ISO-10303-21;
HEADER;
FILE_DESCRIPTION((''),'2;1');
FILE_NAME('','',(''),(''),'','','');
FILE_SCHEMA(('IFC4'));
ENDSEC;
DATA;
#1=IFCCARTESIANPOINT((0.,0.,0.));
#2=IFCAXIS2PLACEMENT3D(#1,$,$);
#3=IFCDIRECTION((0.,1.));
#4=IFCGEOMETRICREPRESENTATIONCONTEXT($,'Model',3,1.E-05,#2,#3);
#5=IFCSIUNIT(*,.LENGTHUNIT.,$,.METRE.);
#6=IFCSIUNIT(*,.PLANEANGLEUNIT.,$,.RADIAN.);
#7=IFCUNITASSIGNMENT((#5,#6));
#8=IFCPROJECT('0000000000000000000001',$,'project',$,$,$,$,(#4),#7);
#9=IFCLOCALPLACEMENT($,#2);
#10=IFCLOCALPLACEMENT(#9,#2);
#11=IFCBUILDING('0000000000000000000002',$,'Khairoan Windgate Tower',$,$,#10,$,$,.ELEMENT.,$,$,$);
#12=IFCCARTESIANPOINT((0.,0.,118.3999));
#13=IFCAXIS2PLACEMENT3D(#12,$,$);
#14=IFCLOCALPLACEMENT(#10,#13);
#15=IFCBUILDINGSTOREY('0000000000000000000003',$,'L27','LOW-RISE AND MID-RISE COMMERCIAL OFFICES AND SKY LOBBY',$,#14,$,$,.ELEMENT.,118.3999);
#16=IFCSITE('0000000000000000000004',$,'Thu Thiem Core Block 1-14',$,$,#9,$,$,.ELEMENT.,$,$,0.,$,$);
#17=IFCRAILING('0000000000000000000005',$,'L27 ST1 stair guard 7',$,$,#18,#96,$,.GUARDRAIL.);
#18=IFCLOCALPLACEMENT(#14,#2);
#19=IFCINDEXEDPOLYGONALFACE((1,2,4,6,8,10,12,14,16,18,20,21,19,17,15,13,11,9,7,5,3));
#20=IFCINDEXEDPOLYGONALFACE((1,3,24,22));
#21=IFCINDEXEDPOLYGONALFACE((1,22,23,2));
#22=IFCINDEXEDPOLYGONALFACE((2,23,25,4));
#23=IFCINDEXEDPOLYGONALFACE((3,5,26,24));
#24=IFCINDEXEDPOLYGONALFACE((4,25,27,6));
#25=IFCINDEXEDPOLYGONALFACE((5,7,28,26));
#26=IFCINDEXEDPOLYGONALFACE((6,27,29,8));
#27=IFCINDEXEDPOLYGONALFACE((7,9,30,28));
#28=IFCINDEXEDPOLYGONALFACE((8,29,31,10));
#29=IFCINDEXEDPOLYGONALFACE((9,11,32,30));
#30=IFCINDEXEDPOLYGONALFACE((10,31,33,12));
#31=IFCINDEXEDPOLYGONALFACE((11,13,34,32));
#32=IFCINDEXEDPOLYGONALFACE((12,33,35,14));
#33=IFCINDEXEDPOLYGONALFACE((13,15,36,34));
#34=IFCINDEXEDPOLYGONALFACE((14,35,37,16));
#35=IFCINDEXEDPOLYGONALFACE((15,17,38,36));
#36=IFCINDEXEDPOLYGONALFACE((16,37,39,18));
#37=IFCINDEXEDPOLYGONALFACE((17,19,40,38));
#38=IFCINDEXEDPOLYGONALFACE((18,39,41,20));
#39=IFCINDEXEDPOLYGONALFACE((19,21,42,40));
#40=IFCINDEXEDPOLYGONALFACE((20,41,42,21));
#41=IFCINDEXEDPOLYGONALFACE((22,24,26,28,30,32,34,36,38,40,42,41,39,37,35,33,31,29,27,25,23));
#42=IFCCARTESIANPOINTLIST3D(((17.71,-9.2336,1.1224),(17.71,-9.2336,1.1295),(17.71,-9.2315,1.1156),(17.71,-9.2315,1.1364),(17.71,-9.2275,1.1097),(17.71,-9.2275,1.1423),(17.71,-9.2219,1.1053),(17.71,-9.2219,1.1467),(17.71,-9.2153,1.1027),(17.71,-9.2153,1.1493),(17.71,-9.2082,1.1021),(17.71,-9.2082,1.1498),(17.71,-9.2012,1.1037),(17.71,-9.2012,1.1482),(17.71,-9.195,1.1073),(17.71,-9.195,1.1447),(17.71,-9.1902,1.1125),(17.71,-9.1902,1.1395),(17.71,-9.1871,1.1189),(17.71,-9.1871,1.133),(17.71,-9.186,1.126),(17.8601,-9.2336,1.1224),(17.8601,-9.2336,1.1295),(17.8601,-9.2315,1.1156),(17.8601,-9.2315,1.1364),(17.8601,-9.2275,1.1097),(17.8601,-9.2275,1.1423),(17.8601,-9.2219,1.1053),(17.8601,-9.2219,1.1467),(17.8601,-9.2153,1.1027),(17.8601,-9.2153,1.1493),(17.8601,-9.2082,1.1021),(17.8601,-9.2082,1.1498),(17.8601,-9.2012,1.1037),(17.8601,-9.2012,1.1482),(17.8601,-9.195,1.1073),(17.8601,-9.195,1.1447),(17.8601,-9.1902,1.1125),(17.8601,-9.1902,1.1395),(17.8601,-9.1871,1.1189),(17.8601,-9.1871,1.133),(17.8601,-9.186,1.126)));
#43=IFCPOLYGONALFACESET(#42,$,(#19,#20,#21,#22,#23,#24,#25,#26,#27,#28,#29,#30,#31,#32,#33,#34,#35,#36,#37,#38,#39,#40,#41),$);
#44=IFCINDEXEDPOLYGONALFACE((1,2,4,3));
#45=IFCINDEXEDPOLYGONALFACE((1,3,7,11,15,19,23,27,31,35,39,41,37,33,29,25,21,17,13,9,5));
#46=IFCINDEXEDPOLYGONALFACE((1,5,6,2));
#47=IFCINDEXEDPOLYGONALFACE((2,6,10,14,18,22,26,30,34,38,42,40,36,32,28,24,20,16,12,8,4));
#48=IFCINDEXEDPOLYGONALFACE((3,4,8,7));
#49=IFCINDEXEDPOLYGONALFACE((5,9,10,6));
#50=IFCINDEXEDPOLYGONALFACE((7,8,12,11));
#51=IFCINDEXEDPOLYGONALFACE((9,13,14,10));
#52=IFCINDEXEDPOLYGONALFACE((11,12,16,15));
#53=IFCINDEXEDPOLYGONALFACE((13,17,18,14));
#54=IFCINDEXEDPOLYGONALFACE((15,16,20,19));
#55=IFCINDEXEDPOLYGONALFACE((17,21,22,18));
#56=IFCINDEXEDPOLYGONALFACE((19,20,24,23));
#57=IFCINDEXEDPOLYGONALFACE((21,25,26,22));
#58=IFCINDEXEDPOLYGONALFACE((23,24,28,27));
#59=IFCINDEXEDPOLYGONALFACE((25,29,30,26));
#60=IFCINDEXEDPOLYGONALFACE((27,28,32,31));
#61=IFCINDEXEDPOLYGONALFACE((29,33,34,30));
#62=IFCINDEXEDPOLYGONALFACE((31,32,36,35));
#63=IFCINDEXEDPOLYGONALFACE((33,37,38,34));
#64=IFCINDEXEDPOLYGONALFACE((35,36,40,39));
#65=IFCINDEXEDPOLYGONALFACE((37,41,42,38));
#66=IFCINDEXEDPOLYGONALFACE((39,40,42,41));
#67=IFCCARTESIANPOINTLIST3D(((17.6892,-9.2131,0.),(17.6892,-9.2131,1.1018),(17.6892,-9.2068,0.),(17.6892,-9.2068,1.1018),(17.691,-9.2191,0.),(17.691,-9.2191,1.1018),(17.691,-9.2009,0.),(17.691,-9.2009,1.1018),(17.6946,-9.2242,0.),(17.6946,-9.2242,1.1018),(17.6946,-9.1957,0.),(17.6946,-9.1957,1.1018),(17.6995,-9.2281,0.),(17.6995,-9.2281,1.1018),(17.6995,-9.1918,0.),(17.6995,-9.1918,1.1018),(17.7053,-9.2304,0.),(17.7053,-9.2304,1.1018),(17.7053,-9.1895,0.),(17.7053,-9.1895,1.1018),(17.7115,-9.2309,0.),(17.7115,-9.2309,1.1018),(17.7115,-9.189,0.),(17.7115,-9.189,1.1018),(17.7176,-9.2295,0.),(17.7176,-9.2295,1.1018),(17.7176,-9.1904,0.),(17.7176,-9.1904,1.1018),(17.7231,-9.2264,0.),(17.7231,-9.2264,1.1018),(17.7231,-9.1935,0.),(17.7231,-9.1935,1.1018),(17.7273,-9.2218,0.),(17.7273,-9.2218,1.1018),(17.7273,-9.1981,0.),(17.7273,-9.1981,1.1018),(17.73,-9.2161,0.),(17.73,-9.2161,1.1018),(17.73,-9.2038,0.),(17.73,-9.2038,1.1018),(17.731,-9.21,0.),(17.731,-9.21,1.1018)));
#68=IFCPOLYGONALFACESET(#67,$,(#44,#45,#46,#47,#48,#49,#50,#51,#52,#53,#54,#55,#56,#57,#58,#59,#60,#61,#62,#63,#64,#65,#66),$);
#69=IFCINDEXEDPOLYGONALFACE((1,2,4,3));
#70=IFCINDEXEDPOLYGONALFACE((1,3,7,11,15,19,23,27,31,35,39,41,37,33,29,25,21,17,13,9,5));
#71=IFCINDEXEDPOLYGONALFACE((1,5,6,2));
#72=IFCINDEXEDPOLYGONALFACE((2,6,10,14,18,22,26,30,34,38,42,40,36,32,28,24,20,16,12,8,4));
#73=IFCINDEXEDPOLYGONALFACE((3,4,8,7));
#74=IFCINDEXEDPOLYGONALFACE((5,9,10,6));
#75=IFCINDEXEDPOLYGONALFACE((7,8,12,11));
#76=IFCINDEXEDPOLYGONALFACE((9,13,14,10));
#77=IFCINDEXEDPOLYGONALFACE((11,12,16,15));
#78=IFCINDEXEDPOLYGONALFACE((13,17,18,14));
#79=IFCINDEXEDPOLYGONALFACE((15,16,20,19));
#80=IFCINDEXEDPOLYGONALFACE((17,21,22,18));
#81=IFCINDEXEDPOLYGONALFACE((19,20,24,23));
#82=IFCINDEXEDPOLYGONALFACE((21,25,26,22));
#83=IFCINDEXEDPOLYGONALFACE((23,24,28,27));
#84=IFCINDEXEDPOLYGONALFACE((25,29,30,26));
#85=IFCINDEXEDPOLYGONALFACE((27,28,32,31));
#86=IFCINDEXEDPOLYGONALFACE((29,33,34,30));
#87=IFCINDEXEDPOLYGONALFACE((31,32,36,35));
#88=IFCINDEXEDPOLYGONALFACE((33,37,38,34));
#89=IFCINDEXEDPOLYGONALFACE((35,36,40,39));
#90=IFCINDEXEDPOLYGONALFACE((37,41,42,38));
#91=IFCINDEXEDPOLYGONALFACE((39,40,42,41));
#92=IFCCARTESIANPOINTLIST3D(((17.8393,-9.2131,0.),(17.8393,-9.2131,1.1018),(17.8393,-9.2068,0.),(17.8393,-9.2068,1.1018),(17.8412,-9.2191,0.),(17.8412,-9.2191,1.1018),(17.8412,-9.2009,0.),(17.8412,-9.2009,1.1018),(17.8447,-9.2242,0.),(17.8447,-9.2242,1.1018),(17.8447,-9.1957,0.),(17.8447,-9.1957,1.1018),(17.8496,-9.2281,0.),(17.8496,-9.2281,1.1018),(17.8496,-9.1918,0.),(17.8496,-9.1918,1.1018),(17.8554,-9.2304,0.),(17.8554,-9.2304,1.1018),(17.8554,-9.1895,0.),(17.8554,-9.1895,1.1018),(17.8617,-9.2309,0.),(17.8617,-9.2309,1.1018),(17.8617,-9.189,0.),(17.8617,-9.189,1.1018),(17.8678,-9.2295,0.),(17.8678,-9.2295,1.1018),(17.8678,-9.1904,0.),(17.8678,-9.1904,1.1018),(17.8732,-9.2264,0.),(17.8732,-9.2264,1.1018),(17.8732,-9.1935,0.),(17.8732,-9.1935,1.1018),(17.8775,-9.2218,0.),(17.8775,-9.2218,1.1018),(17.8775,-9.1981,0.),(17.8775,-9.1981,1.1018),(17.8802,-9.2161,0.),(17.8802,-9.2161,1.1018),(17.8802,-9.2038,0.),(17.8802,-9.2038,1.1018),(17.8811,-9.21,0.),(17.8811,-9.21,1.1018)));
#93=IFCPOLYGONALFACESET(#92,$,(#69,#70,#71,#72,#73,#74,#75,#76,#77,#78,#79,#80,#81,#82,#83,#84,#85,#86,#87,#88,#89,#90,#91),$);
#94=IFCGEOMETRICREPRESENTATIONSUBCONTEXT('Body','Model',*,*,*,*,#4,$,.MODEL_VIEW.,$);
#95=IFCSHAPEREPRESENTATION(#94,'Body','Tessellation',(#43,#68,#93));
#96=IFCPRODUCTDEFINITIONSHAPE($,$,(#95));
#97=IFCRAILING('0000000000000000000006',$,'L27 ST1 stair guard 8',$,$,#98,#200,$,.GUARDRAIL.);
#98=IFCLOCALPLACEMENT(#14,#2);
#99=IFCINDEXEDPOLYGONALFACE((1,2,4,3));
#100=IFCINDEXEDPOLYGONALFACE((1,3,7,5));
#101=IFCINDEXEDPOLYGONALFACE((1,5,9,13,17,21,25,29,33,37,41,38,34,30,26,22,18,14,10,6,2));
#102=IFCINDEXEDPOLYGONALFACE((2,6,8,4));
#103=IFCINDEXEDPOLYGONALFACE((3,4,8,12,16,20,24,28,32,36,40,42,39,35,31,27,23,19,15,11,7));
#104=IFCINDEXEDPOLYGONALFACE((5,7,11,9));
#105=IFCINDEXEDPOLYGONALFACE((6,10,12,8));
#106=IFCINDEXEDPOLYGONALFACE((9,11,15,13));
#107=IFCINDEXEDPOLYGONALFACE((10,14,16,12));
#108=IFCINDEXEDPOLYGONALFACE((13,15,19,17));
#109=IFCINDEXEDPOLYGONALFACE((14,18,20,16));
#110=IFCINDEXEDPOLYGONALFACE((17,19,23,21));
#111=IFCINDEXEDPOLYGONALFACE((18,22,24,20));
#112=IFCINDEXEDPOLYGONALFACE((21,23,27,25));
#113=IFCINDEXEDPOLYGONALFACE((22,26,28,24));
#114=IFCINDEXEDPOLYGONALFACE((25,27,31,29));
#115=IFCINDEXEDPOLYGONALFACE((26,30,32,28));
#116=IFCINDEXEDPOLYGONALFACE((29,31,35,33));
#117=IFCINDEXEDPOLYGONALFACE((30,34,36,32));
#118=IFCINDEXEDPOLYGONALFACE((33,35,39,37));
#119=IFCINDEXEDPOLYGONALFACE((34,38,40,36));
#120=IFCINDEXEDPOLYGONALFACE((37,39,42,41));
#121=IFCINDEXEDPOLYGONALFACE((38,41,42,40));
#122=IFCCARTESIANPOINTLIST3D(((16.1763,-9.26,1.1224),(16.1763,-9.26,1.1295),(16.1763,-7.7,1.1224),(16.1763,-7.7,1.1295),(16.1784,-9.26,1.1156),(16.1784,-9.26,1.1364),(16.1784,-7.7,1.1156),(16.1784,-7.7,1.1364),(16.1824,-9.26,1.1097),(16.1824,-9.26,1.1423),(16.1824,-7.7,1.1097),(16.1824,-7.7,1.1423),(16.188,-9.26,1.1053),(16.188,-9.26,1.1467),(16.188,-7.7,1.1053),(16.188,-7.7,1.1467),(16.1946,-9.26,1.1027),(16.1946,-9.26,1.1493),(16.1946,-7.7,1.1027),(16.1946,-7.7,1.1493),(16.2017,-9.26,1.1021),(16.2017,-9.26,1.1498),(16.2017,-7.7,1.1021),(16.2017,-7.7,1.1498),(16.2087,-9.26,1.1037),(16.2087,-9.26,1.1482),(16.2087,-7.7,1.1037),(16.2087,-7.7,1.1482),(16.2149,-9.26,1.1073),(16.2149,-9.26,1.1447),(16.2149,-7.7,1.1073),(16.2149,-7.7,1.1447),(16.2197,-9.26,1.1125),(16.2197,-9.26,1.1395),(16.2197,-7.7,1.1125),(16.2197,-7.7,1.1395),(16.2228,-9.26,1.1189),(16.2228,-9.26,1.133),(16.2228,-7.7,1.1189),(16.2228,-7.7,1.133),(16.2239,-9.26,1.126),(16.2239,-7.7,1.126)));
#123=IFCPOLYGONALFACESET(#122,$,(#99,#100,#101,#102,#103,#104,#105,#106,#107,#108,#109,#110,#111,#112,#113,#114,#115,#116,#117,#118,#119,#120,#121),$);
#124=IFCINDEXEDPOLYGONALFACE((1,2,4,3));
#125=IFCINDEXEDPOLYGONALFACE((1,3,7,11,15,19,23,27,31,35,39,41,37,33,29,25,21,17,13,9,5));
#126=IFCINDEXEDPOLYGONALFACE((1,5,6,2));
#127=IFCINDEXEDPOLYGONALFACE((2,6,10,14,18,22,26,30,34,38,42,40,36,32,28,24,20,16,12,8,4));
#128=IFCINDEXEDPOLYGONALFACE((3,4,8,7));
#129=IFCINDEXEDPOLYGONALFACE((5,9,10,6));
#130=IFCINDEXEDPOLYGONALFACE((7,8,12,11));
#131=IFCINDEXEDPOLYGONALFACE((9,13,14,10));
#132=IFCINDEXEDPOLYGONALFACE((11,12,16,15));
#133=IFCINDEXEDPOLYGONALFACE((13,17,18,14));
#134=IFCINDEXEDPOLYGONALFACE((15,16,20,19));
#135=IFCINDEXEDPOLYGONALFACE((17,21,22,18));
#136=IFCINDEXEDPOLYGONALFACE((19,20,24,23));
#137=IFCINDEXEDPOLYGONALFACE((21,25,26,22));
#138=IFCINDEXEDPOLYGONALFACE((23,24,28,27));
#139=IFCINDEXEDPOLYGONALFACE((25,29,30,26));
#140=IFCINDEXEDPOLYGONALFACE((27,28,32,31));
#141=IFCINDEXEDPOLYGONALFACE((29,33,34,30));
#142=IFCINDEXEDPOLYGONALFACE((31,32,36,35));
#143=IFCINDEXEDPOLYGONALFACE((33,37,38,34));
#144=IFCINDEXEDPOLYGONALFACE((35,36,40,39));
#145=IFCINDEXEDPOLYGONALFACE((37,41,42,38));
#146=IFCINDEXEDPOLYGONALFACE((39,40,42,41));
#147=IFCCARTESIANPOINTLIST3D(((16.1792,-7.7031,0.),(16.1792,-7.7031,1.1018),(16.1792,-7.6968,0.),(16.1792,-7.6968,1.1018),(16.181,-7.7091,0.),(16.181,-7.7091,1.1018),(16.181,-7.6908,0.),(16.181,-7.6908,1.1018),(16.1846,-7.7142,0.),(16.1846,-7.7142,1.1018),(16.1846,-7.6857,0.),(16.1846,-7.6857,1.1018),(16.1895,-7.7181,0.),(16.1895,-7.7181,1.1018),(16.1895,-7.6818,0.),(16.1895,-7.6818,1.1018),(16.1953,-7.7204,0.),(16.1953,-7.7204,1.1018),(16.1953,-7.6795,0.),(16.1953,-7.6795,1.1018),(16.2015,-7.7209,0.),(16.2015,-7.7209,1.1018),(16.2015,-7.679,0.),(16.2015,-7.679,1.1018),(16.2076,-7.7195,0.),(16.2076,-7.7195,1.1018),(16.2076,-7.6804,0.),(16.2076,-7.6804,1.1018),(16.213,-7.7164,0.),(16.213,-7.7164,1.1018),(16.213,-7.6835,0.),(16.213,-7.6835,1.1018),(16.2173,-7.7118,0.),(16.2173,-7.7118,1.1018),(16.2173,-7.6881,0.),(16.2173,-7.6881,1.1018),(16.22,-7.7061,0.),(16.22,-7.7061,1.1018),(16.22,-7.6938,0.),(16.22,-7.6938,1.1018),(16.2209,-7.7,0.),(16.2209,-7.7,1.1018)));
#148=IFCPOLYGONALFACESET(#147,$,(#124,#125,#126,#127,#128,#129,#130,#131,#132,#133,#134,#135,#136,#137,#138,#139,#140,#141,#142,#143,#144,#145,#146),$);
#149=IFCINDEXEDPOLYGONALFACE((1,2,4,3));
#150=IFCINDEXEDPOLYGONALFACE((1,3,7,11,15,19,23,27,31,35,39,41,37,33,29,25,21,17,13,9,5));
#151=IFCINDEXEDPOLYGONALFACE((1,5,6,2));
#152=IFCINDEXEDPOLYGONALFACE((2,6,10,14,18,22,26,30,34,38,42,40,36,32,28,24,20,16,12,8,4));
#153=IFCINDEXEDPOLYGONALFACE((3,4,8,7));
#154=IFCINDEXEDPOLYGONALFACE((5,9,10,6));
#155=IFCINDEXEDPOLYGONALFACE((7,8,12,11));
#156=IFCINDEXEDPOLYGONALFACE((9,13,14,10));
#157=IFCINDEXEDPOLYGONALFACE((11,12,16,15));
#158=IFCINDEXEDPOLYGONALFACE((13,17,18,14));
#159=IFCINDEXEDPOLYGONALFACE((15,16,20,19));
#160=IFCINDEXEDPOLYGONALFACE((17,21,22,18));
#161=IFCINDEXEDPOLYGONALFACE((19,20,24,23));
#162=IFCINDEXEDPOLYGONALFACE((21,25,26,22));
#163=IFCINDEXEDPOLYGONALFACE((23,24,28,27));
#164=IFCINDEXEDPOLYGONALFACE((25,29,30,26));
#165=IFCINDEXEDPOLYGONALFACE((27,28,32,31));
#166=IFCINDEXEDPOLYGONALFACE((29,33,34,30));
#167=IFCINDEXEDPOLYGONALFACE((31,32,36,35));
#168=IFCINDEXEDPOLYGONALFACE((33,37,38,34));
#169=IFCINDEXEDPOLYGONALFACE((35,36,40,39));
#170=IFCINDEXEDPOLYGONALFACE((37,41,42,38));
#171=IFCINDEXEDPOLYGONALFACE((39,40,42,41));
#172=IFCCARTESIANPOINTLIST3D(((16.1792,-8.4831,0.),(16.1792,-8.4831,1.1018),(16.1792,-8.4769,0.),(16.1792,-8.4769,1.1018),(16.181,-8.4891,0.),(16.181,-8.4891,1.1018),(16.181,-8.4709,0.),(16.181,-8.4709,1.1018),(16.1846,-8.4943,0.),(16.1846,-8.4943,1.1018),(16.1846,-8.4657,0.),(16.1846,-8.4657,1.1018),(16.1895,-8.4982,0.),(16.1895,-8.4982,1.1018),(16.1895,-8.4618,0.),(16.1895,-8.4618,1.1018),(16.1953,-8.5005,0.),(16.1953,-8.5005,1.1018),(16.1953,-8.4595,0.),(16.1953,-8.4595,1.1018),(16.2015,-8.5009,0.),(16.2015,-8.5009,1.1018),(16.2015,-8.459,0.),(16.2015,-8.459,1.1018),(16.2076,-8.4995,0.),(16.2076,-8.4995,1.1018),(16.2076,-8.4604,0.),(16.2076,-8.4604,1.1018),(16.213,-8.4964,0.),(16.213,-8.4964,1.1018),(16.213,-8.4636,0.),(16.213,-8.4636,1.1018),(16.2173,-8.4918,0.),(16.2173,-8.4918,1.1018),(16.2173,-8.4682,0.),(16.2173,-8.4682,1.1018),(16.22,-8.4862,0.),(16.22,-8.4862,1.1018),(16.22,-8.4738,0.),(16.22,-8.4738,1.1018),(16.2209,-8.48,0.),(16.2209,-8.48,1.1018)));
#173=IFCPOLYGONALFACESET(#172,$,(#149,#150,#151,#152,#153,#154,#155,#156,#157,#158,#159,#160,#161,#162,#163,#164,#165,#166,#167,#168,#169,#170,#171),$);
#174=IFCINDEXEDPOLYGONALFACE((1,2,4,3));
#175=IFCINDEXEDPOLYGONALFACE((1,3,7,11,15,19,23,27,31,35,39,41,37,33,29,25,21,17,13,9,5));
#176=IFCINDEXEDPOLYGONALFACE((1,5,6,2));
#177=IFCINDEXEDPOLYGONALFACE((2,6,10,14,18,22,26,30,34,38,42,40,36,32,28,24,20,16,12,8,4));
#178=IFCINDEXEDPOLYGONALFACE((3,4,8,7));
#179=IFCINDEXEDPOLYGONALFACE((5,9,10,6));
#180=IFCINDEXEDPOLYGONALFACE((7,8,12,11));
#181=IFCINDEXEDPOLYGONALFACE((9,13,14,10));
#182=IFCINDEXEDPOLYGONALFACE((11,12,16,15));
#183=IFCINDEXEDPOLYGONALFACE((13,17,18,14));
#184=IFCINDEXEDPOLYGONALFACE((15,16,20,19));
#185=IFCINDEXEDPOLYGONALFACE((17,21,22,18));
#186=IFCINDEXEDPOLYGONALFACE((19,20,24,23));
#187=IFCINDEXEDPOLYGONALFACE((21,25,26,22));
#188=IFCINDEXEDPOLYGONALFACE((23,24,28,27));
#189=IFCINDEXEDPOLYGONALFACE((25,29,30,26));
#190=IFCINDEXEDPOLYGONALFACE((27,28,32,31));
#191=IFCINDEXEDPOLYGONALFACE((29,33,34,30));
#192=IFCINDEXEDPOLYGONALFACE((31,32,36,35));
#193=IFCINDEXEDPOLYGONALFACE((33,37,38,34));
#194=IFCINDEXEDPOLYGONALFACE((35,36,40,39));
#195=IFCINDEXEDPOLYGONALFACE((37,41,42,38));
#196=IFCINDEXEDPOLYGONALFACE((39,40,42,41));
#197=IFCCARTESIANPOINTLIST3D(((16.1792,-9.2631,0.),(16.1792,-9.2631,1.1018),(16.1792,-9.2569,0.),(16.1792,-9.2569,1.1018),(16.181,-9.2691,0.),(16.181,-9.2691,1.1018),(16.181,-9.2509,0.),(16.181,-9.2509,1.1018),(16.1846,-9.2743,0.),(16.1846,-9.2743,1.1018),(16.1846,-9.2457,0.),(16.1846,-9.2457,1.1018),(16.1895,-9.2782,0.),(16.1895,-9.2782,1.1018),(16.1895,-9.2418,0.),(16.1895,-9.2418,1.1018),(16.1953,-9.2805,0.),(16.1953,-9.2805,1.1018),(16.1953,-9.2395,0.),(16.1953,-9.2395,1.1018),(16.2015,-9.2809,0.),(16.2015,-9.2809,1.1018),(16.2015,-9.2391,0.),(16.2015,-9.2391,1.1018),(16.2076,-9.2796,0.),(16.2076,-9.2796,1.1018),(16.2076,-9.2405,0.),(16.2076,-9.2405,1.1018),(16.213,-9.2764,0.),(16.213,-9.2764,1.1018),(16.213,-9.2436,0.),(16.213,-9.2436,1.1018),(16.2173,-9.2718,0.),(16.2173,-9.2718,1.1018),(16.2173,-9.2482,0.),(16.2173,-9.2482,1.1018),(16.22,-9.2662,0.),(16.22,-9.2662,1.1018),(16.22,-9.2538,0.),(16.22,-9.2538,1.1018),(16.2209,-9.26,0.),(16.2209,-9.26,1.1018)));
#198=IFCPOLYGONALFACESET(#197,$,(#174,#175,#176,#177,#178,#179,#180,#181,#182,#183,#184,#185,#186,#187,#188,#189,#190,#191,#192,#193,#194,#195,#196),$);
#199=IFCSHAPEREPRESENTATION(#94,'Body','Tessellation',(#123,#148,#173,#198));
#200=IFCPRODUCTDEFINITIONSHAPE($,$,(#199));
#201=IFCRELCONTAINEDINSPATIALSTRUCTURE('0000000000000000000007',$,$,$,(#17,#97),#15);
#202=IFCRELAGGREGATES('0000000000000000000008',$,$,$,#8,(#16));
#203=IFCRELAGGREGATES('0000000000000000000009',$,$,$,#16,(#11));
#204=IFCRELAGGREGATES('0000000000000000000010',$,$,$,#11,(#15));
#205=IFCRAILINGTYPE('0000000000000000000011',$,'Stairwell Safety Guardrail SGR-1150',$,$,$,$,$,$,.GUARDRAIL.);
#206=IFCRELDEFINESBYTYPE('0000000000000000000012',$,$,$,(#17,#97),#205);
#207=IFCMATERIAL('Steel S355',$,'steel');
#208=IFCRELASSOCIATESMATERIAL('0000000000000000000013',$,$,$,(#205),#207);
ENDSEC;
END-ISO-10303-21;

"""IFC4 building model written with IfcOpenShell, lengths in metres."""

from ifc_helpers import new_model, si_unit, direction, frame, origin, origin_2d, place, context, subcontext, project, spatial, circle, extrude, material, type_object, element, save


model = new_model("IFC4")

# Units and contexts
model_context = context("Model", 3, precision=1e-05, world=origin(), true_north=direction((0.0, 1.0)))
body_context = subcontext(model_context, "Body", "Model", "MODEL_VIEW")
ifc_project = project(units=[si_unit("LENGTHUNIT", "METRE"), si_unit("PLANEANGLEUNIT", "RADIAN")], contexts=[model_context])

# Site, building, storey
site_placement = place(None, origin())
site = spatial("IfcSite", under=ifc_project, at=site_placement, Name="Thu Thiem Core Block 1-14", CompositionType="ELEMENT", RefElevation=0.0)
building_placement = place(site_placement, origin())
building = spatial("IfcBuilding", under=site, at=building_placement, Name="Khairoan Windgate Tower", CompositionType="ELEMENT")
storey_placement = place(building_placement, frame((0.0, 0.0, 118.3999)))
storey = spatial("IfcBuildingStorey", under=building, at=storey_placement, Name="L27", Description="LOW-RISE AND MID-RISE COMMERCIAL OFFICES AND SKY LOBBY", CompositionType="ELEMENT", Elevation=118.3999)

# Railings
ifc_material_1 = material(Name="Steel S355", Category="steel")
railing_type_1 = type_object("IfcRailingType", Name="Stairwell Safety Guardrail SGR-1150", PredefinedType="GUARDRAIL", material=ifc_material_1)
railing_1_placement = place(storey_placement, frame((17.71, -9.21, 0.0)))
element("IfcRailing", 1, at=railing_1_placement, inside=storey, type_object=railing_type_1, Name="L27 ST1 stair guard 7", PredefinedType="GUARDRAIL", context=body_context, shape_type="SweptSolid", body=[
    extrude(circle(Radius=0.0239, at=origin_2d()), frame((0.0, 0.0, 1.126), z_axis=(1.0, 0.0, 0.0), x_axis=(0.0, 1.0, 0.0)), (0.0, 0.0, 1.0), 0.1501),
    extrude(circle(Radius=0.021, at=origin_2d()), origin(), (0.0, 0.0, 1.0), 1.1018),
    extrude(circle(Radius=0.021, at=origin_2d()), frame((0.1501, 0.0, 0.0)), (0.0, 0.0, 1.0), 1.1018),
])
for number, where, name in (
    (2, (16.2, -7.7, 0.0), "L27 ST1 stair guard 8"),
):
    element("IfcRailing", number, at=place(storey_placement, frame(where)), inside=storey, type_object=railing_type_1, Name=name, PredefinedType="GUARDRAIL", context=body_context, shape_type="SweptSolid", body=[
        extrude(circle(Radius=0.0239, at=origin_2d()), frame((0.0, 0.0, 1.126), z_axis=(0.0, -1.0, 0.0), x_axis=(1.0, 0.0, 0.0)), (0.0, 0.0, 1.0), 1.5601),
        extrude(circle(Radius=0.021, at=origin_2d()), origin(), (0.0, 0.0, 1.0), 1.1018),
        extrude(circle(Radius=0.021, at=origin_2d()), frame((0.0, -0.78, 0.0)), (0.0, 0.0, 1.0), 1.1018),
        extrude(circle(Radius=0.021, at=origin_2d()), frame((0.0, -1.5601, 0.0)), (0.0, 0.0, 1.0), 1.1018),
    ])

save(model, "model.ifc")
